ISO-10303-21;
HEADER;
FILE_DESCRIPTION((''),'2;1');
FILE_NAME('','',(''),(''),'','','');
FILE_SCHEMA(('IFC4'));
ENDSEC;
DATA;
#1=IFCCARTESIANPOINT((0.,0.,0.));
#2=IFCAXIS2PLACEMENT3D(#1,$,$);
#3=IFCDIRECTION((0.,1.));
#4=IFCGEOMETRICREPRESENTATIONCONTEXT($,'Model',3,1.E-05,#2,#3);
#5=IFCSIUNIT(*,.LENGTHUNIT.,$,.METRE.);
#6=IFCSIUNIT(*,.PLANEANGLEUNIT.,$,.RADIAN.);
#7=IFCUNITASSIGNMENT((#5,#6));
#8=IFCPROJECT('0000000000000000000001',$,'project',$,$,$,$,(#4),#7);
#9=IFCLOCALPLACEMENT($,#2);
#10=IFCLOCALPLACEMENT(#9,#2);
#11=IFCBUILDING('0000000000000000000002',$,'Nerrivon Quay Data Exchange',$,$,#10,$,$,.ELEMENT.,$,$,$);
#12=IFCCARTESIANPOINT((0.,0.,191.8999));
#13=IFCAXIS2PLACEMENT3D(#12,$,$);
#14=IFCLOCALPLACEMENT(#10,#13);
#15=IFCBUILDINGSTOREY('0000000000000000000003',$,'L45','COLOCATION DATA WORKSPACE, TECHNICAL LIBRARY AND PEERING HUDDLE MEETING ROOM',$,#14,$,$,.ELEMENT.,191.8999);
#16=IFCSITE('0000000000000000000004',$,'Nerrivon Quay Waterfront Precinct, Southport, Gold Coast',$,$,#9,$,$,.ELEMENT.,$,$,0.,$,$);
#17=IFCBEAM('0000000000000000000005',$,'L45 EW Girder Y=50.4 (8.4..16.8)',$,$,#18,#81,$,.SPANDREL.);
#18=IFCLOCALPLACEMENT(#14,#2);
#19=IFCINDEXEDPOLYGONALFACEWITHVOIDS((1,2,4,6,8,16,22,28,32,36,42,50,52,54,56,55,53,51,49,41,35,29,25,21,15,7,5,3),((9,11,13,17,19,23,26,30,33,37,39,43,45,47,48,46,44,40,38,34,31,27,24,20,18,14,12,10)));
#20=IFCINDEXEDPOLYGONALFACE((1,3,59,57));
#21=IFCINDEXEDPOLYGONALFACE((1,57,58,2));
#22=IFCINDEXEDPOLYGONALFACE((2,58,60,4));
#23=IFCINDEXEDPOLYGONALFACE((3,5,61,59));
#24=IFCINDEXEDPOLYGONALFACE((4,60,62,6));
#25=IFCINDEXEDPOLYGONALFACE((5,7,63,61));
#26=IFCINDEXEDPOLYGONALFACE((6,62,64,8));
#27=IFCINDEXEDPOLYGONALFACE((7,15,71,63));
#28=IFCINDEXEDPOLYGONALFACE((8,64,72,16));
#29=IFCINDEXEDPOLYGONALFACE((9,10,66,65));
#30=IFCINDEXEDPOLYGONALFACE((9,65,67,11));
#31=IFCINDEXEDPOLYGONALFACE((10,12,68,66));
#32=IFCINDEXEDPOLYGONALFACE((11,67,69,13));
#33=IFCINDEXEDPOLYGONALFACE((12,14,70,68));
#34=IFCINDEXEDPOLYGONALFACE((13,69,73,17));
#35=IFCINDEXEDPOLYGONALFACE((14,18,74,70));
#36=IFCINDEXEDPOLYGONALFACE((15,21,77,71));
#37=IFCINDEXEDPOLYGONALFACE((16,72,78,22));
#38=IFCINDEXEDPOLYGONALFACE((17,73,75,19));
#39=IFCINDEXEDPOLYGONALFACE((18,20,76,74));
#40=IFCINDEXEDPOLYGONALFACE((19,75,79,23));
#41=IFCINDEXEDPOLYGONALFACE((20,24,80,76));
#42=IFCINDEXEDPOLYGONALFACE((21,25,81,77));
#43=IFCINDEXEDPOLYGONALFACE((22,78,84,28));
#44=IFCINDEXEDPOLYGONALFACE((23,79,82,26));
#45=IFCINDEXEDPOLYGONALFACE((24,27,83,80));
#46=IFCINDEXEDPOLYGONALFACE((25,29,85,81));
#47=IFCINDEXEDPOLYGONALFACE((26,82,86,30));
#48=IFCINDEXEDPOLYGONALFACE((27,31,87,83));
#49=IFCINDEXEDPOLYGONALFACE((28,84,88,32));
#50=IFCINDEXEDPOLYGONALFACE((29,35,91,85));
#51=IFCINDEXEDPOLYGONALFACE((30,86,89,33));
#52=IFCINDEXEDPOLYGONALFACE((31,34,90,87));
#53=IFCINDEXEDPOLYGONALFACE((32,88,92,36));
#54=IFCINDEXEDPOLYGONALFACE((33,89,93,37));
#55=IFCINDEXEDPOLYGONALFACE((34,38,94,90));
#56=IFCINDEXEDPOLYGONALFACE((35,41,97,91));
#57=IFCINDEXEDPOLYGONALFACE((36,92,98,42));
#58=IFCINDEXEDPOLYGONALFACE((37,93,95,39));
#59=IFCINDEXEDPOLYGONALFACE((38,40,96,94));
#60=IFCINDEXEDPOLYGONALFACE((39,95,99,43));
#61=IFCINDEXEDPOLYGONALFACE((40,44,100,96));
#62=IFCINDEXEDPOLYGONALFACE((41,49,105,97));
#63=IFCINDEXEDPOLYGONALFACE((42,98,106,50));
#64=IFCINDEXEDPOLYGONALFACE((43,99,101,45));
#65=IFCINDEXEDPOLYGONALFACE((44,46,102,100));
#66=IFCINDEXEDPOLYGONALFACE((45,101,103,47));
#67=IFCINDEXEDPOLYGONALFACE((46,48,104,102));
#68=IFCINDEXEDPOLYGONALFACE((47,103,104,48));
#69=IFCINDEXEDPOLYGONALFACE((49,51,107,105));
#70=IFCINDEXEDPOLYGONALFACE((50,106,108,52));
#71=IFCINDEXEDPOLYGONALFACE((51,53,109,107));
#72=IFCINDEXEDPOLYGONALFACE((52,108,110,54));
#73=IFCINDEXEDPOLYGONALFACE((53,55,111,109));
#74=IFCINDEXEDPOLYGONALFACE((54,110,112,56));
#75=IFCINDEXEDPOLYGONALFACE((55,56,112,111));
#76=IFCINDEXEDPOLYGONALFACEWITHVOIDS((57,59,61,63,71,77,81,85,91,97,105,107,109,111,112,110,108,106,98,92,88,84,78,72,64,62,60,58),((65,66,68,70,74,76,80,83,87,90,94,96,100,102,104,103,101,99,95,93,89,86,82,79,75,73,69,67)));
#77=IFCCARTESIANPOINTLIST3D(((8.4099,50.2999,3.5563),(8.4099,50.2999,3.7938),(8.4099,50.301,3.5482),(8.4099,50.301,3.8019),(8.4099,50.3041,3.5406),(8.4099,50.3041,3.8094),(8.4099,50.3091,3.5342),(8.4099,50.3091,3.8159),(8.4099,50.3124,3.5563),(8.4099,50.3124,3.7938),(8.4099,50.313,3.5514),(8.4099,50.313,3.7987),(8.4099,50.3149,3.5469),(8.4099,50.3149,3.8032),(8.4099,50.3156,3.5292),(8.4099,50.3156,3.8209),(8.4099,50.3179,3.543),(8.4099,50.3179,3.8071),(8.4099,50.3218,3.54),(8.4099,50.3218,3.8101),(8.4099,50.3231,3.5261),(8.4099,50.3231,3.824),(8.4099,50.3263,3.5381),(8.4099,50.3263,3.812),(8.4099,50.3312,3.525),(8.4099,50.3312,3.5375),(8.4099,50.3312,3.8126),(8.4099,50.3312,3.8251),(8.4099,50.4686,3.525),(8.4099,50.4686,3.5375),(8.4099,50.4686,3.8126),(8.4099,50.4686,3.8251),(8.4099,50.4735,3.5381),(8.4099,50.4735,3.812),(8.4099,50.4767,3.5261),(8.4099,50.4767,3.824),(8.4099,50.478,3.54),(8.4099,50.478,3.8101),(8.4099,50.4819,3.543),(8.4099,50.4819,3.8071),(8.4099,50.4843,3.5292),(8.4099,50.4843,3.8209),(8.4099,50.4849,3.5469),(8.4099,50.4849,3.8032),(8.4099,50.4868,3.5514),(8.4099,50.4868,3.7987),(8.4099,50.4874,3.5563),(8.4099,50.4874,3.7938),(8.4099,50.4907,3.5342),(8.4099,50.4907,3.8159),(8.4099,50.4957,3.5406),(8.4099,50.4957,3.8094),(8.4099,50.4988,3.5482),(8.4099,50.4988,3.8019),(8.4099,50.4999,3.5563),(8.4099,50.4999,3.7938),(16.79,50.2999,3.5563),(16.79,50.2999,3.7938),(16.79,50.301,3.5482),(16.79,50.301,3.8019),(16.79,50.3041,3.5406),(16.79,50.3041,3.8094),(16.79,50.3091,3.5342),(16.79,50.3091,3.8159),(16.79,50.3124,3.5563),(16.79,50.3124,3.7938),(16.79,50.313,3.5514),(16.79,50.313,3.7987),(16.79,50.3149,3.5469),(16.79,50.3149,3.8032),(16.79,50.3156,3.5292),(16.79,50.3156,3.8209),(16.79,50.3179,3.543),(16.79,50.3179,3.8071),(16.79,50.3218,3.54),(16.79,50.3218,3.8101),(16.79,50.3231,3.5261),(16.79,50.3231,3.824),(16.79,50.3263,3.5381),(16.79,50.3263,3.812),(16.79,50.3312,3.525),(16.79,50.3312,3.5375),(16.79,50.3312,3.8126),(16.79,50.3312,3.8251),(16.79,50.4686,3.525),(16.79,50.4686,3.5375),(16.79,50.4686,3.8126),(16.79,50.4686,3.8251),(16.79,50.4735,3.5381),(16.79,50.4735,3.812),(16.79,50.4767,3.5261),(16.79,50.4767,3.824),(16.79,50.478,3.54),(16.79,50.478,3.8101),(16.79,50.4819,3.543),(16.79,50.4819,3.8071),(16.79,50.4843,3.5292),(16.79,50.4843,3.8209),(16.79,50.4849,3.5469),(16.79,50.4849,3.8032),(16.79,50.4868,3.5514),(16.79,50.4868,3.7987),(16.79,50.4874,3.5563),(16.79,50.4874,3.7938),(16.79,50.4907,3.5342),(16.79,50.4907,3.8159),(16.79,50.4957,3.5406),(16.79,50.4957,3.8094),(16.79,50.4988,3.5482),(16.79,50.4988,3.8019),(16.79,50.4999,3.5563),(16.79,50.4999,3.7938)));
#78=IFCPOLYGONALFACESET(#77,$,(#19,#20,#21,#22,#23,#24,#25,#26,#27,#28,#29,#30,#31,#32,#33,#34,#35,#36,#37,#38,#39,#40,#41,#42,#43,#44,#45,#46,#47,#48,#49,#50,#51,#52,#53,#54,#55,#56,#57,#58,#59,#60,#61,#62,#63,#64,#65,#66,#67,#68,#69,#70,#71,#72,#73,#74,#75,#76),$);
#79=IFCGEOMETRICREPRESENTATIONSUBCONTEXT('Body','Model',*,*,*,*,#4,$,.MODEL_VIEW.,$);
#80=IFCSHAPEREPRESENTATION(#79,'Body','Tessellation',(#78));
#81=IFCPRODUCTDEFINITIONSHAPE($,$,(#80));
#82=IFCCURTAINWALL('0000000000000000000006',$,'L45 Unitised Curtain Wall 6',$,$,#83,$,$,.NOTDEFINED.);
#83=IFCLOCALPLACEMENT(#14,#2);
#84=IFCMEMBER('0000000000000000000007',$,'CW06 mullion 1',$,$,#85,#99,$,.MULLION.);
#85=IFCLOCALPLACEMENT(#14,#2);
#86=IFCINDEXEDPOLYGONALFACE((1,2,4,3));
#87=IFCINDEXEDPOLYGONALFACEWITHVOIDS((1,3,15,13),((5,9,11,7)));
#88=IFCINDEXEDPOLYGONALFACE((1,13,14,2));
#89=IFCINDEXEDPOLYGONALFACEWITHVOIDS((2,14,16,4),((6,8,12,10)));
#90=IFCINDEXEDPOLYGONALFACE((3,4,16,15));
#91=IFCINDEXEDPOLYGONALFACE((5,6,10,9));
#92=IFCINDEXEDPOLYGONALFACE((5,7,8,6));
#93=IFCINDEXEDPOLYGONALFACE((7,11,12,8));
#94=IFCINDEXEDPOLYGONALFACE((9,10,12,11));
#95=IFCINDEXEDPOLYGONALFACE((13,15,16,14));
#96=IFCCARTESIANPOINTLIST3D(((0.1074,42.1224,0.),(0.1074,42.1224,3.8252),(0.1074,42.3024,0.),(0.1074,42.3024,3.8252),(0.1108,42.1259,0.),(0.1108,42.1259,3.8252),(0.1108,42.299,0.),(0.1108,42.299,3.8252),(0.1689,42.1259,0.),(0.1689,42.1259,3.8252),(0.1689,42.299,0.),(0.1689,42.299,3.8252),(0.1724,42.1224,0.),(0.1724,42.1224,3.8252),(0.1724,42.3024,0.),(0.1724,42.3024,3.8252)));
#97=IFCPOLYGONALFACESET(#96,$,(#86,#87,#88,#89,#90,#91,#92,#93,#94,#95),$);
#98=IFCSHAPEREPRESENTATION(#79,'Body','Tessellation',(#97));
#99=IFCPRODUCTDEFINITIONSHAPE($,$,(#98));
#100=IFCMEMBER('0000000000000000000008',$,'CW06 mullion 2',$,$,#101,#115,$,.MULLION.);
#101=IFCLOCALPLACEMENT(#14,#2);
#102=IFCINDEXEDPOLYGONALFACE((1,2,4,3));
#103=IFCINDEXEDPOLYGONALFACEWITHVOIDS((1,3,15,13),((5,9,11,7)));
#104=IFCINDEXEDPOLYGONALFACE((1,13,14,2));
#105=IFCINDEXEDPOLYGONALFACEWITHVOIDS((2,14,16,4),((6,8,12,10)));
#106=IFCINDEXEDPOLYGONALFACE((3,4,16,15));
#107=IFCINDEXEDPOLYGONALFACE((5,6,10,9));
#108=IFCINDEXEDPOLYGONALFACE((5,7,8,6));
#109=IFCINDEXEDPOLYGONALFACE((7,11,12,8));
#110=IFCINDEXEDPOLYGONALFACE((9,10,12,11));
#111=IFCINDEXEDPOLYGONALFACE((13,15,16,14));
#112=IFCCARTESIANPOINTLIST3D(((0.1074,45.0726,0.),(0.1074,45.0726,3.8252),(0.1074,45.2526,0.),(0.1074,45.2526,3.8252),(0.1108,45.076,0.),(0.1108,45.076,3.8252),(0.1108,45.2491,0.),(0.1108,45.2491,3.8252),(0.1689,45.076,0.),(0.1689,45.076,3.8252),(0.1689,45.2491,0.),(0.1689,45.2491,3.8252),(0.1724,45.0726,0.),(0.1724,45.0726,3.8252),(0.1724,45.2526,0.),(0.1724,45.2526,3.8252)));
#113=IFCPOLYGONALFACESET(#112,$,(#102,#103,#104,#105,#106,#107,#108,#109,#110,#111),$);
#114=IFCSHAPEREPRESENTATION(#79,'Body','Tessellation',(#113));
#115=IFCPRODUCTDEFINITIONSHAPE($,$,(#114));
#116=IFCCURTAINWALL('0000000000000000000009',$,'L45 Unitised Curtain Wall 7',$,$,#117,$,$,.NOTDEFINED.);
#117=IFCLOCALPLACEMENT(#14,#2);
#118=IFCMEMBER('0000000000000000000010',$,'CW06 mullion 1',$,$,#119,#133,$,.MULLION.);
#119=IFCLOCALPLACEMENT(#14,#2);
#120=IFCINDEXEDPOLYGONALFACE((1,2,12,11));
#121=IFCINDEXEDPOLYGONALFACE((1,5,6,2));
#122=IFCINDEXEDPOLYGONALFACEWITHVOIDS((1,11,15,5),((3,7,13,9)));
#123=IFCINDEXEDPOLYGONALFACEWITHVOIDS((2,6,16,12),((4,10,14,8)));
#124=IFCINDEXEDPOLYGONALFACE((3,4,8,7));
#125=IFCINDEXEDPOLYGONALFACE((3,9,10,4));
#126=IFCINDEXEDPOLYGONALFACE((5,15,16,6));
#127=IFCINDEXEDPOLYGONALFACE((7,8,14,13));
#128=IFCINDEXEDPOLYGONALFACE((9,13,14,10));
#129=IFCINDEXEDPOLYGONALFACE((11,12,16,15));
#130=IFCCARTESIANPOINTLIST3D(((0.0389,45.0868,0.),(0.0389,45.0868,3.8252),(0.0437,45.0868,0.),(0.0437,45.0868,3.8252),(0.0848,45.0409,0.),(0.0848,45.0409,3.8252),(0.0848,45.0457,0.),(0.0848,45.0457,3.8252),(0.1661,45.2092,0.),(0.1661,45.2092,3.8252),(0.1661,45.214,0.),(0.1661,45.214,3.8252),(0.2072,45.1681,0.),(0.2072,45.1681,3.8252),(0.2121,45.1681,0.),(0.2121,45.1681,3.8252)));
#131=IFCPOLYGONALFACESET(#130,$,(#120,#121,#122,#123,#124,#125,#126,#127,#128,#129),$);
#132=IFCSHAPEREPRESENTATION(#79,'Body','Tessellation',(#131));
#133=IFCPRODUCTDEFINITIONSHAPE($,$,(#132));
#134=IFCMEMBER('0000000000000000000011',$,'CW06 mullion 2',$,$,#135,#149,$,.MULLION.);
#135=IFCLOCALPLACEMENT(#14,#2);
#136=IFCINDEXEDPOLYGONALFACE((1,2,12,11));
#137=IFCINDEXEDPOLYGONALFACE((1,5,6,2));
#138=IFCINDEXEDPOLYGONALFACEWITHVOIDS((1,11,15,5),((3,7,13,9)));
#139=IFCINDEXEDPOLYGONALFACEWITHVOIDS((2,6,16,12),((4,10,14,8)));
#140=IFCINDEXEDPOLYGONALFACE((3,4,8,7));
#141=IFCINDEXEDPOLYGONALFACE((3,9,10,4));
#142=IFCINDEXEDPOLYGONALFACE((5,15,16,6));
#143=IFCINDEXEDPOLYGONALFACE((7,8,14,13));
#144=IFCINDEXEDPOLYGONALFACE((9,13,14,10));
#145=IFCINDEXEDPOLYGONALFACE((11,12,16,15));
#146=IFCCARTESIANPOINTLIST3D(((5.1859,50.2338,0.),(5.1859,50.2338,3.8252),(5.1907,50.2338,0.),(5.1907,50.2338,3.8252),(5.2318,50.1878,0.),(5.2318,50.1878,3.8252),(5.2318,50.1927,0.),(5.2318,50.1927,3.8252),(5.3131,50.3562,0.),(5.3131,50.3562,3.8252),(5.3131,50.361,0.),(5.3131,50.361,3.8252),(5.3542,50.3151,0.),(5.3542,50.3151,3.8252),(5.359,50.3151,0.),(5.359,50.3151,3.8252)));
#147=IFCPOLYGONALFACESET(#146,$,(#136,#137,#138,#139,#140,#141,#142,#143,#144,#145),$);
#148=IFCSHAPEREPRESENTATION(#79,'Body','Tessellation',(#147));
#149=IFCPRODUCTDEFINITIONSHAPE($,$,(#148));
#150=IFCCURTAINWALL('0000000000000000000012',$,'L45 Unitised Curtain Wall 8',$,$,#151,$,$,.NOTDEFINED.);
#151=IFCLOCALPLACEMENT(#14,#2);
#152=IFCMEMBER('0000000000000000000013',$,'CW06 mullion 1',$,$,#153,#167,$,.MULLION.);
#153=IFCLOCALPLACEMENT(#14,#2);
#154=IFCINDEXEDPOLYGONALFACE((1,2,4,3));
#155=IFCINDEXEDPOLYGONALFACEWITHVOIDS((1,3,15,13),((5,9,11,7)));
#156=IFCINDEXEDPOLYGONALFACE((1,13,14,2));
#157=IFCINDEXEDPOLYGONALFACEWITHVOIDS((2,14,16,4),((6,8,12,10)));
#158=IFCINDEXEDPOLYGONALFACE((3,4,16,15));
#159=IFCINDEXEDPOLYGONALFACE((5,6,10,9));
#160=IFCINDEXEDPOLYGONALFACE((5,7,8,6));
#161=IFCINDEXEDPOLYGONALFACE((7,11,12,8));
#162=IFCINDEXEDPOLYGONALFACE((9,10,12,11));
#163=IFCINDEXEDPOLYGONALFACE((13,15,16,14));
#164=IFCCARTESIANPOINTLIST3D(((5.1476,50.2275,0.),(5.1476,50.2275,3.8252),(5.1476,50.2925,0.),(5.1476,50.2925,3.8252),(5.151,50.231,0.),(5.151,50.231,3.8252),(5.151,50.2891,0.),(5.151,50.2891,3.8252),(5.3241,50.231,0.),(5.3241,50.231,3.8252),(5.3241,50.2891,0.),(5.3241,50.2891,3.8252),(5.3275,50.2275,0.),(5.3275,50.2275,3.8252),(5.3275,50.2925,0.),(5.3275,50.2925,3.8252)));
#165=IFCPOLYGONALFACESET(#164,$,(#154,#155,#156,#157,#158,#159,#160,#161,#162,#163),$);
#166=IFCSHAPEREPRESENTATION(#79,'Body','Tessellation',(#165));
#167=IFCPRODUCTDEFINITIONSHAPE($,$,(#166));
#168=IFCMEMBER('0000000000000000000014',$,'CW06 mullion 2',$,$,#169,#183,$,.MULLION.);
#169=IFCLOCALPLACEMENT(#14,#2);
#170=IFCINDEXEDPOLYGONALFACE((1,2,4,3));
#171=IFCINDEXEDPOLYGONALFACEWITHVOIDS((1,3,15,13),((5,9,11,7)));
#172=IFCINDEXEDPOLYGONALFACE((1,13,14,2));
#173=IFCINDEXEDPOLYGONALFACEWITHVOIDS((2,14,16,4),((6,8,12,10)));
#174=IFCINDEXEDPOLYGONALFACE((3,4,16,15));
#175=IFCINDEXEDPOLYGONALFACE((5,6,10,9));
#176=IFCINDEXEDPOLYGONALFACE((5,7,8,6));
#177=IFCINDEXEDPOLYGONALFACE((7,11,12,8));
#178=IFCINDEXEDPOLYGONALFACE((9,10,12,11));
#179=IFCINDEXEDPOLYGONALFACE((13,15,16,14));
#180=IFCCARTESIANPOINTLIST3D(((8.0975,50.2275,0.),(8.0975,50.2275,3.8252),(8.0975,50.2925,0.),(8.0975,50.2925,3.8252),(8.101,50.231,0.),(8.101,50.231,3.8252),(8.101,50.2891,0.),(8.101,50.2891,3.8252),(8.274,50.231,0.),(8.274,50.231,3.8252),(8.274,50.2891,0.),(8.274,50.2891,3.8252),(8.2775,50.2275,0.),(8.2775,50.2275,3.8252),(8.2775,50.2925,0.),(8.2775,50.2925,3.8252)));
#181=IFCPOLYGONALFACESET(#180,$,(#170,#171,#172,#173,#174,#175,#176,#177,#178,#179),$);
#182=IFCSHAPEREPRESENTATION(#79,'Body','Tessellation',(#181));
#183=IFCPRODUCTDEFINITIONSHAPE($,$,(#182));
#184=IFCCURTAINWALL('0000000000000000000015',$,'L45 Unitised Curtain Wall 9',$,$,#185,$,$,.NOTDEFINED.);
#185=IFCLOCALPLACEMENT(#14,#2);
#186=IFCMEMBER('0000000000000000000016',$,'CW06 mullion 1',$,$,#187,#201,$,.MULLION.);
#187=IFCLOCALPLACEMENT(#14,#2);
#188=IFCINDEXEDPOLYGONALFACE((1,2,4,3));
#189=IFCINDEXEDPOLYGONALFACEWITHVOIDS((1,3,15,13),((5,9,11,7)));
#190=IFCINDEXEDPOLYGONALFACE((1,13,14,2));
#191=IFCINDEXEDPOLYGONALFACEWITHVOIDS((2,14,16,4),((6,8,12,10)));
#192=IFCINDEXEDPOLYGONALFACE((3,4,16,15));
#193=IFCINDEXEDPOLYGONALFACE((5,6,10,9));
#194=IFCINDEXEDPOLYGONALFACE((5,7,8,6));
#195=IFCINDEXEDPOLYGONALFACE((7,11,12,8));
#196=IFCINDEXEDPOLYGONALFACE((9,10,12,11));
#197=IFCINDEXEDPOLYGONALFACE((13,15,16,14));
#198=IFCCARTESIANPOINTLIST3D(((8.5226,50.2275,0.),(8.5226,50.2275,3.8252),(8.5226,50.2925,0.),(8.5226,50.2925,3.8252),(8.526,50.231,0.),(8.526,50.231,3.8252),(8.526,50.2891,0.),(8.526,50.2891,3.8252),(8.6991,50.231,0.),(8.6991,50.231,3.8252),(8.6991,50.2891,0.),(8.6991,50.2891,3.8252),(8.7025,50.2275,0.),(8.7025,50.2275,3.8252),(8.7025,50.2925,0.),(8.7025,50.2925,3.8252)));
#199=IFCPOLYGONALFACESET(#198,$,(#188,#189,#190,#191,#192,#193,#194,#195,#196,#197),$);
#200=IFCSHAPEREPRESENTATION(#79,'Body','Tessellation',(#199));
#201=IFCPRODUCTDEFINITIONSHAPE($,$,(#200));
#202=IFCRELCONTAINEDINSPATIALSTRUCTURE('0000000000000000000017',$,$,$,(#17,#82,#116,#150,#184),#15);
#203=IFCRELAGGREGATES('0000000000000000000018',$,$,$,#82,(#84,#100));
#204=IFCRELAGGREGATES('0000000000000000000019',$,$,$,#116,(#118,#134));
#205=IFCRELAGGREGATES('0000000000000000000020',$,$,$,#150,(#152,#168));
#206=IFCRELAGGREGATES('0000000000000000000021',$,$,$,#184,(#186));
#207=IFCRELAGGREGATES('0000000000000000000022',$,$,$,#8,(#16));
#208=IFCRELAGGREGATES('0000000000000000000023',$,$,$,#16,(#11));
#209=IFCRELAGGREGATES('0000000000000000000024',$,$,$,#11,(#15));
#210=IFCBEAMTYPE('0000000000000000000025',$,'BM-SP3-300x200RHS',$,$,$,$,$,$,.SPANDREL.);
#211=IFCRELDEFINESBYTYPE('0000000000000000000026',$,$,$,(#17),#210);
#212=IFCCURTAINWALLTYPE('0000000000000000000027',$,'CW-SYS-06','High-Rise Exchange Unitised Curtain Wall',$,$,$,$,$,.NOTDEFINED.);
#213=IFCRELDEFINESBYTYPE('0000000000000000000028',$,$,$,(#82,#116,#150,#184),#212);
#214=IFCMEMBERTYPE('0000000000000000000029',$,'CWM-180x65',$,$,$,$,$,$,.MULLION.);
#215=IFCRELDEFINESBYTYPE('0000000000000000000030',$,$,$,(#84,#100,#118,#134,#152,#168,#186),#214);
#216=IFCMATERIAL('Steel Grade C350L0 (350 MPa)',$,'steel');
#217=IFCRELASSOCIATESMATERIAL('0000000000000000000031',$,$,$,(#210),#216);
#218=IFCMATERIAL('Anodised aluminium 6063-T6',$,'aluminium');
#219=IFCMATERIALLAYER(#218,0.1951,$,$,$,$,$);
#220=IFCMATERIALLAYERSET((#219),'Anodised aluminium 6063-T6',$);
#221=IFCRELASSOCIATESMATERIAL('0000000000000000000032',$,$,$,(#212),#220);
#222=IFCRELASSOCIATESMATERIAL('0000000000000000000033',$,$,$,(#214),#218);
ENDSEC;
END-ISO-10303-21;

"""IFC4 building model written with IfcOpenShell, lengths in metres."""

from ifc_helpers import new_model, si_unit, direction, frame, origin, origin_2d, place, context, subcontext, project, spatial, hollow_rectangle, extrude, material, layer, layer_set, material_profile, profile_set, type_object, element, aggregate, save


model = new_model("IFC4")

# Units and contexts
model_context = context("Model", 3, precision=1e-05, world=origin(), true_north=direction((0.0, 1.0)))
body_context = subcontext(model_context, "Body", "Model", "MODEL_VIEW")
ifc_project = project(units=[si_unit("LENGTHUNIT", "METRE"), si_unit("PLANEANGLEUNIT", "RADIAN")], contexts=[model_context])

# Site, building, storey
site_placement = place(None, origin())
site = spatial("IfcSite", under=ifc_project, at=site_placement, Name="Nerrivon Quay Waterfront Precinct, Southport, Gold Coast", CompositionType="ELEMENT", RefElevation=0.0)
building_placement = place(site_placement, origin())
building = spatial("IfcBuilding", under=site, at=building_placement, Name="Nerrivon Quay Data Exchange", CompositionType="ELEMENT")
storey_placement = place(building_placement, frame((0.0, 0.0, 191.8999)))
storey = spatial("IfcBuildingStorey", under=building, at=storey_placement, Name="L45", Description="COLOCATION DATA WORKSPACE, TECHNICAL LIBRARY AND PEERING HUDDLE MEETING ROOM", CompositionType="ELEMENT", Elevation=191.8999)

# Beam
ifc_material_1 = material(Name="Steel Grade C350L0 (350 MPa)", Category="steel")
ifc_material_profile_1 = material_profile(ifc_material_1, hollow_rectangle(XDim=0.2, YDim=0.3, WallThickness=0.0125, InnerFilletRadius=0.0188, OuterFilletRadius=0.0312, at=origin_2d()), Name="300x200x12.5RHS")
ifc_profile_set_1 = profile_set([ifc_material_profile_1], Name="Steel Grade C350L0 (350 MPa)")
beam_type_1 = type_object("IfcBeamType", Name="BM-SP3-300x200RHS", PredefinedType="SPANDREL", material=ifc_profile_set_1)
beam_1_placement = place(storey_placement, frame((8.4099, 50.3999, 3.675), z_axis=(1.0, 0.0, 0.0), x_axis=(0.0, 1.0, 0.0)))
element("IfcBeam", 1, at=beam_1_placement, inside=storey, type_object=beam_type_1, Name="L45 EW Girder Y=50.4 (8.4..16.8)", PredefinedType="SPANDREL", context=body_context, shape_type="SweptSolid", body=[
    extrude(hollow_rectangle(XDim=0.2, YDim=0.3, WallThickness=0.0125, InnerFilletRadius=0.0188, OuterFilletRadius=0.0312, at=origin_2d()), origin(), (0.0, 0.0, 1.0), 8.3801),
])

# Curtain walls, members
ifc_material_2 = material(Name="Anodised aluminium 6063-T6", Category="aluminium")
ifc_layer_1 = layer(ifc_material_2, 0.1951)
ifc_layer_set_1 = layer_set([ifc_layer_1], Name="Anodised aluminium 6063-T6")
curtain_wall_type = type_object("IfcCurtainWallType", Name="CW-SYS-06", Description="High-Rise Exchange Unitised Curtain Wall", PredefinedType="NOTDEFINED", material=ifc_layer_set_1)
curtain_wall_1_placement = place(storey_placement, origin())
curtain_wall_1 = element("IfcCurtainWall", 2, at=curtain_wall_1_placement, inside=storey, type_object=curtain_wall_type, Name="L45 Unitised Curtain Wall 6", PredefinedType="NOTDEFINED")
ifc_material_profile_2 = material_profile(ifc_material_2, hollow_rectangle(XDim=0.0649, YDim=0.1799, WallThickness=0.0034, at=origin_2d()), Name="ALU-MULL-180x65")
ifc_profile_set_2 = profile_set([ifc_material_profile_2], Name="Anodised aluminium 6063-T6")
member_type_1 = type_object("IfcMemberType", Name="CWM-180x65", PredefinedType="MULLION", material=ifc_profile_set_2)
member_1_placement = place(storey_placement, frame((0.1399, 42.2124, 0.0), z_axis=(0.0, 0.0, 1.0), x_axis=(-1.0, 0.0, 0.0)))
member_1 = element("IfcMember", 3, at=member_1_placement, type_object=member_type_1, Name="CW06 mullion 1", PredefinedType="MULLION", context=body_context, shape_type="SweptSolid", body=[
    extrude(hollow_rectangle(XDim=0.0649, YDim=0.1799, WallThickness=0.0034, at=origin_2d()), origin(), (0.0, 0.0, 1.0), 3.8252),
])
member_2_placement = place(storey_placement, frame((0.1399, 45.1626, 0.0), z_axis=(0.0, 0.0, 1.0), x_axis=(-1.0, 0.0, 0.0)))
member_2 = element("IfcMember", 4, at=member_2_placement, type_object=member_type_1, Name="CW06 mullion 2", PredefinedType="MULLION", context=body_context, shape_type="SweptSolid", body=[
    extrude(hollow_rectangle(XDim=0.0649, YDim=0.1799, WallThickness=0.0034, at=origin_2d()), origin(), (0.0, 0.0, 1.0), 3.8252),
])
curtain_wall_2_placement = place(storey_placement, origin())
curtain_wall_2 = element("IfcCurtainWall", 5, at=curtain_wall_2_placement, inside=storey, type_object=curtain_wall_type, Name="L45 Unitised Curtain Wall 7", PredefinedType="NOTDEFINED")
member_3_placement = place(storey_placement, frame((0.1255, 45.1274, 0.0), z_axis=(0.0, 0.0, 1.0), x_axis=(-0.707107, 0.707107, 0.0)))
member_3 = element("IfcMember", 6, at=member_3_placement, type_object=member_type_1, Name="CW06 mullion 1", PredefinedType="MULLION", context=body_context, shape_type="SweptSolid", body=[
    extrude(hollow_rectangle(XDim=0.0649, YDim=0.1799, WallThickness=0.0034, at=origin_2d()), origin(), (0.0, 0.0, 1.0), 3.8252),
])
member_4_placement = place(storey_placement, frame((5.2725, 50.2744, 0.0), z_axis=(0.0, 0.0, 1.0), x_axis=(-0.707107, 0.707107, 0.0)))
member_4 = element("IfcMember", 7, at=member_4_placement, type_object=member_type_1, Name="CW06 mullion 2", PredefinedType="MULLION", context=body_context, shape_type="SweptSolid", body=[
    extrude(hollow_rectangle(XDim=0.0649, YDim=0.1799, WallThickness=0.0034, at=origin_2d()), origin(), (0.0, 0.0, 1.0), 3.8252),
])
curtain_wall_3_placement = place(storey_placement, origin())
curtain_wall_3 = element("IfcCurtainWall", 8, at=curtain_wall_3_placement, inside=storey, type_object=curtain_wall_type, Name="L45 Unitised Curtain Wall 8", PredefinedType="NOTDEFINED")
member_5_placement = place(storey_placement, frame((5.2375, 50.26, 0.0), z_axis=(0.0, 0.0, 1.0), x_axis=(0.0, 1.0, 0.0)))
member_5 = element("IfcMember", 9, at=member_5_placement, type_object=member_type_1, Name="CW06 mullion 1", PredefinedType="MULLION", context=body_context, shape_type="SweptSolid", body=[
    extrude(hollow_rectangle(XDim=0.0649, YDim=0.1799, WallThickness=0.0034, at=origin_2d()), origin(), (0.0, 0.0, 1.0), 3.8252),
])
member_6_placement = place(storey_placement, frame((8.1875, 50.26, 0.0), z_axis=(0.0, 0.0, 1.0), x_axis=(0.0, 1.0, 0.0)))
member_6 = element("IfcMember", 10, at=member_6_placement, type_object=member_type_1, Name="CW06 mullion 2", PredefinedType="MULLION", context=body_context, shape_type="SweptSolid", body=[
    extrude(hollow_rectangle(XDim=0.0649, YDim=0.1799, WallThickness=0.0034, at=origin_2d()), origin(), (0.0, 0.0, 1.0), 3.8252),
])

# Curtain wall, member
curtain_wall_4_placement = place(storey_placement, origin())
curtain_wall_4 = element("IfcCurtainWall", 11, at=curtain_wall_4_placement, inside=storey, type_object=curtain_wall_type, Name="L45 Unitised Curtain Wall 9", PredefinedType="NOTDEFINED")
member_7_placement = place(storey_placement, frame((8.6125, 50.26, 0.0), z_axis=(0.0, 0.0, 1.0), x_axis=(0.0, 1.0, 0.0)))
member_7 = element("IfcMember", 12, at=member_7_placement, type_object=member_type_1, Name="CW06 mullion 1", PredefinedType="MULLION", context=body_context, shape_type="SweptSolid", body=[
    extrude(hollow_rectangle(XDim=0.0649, YDim=0.1799, WallThickness=0.0034, at=origin_2d()), origin(), (0.0, 0.0, 1.0), 3.8252),
])

aggregate(curtain_wall_1, [member_1, member_2])
aggregate(curtain_wall_2, [member_3, member_4])
aggregate(curtain_wall_3, [member_5, member_6])
aggregate(curtain_wall_4, [member_7])

save(model, "model.ifc")
